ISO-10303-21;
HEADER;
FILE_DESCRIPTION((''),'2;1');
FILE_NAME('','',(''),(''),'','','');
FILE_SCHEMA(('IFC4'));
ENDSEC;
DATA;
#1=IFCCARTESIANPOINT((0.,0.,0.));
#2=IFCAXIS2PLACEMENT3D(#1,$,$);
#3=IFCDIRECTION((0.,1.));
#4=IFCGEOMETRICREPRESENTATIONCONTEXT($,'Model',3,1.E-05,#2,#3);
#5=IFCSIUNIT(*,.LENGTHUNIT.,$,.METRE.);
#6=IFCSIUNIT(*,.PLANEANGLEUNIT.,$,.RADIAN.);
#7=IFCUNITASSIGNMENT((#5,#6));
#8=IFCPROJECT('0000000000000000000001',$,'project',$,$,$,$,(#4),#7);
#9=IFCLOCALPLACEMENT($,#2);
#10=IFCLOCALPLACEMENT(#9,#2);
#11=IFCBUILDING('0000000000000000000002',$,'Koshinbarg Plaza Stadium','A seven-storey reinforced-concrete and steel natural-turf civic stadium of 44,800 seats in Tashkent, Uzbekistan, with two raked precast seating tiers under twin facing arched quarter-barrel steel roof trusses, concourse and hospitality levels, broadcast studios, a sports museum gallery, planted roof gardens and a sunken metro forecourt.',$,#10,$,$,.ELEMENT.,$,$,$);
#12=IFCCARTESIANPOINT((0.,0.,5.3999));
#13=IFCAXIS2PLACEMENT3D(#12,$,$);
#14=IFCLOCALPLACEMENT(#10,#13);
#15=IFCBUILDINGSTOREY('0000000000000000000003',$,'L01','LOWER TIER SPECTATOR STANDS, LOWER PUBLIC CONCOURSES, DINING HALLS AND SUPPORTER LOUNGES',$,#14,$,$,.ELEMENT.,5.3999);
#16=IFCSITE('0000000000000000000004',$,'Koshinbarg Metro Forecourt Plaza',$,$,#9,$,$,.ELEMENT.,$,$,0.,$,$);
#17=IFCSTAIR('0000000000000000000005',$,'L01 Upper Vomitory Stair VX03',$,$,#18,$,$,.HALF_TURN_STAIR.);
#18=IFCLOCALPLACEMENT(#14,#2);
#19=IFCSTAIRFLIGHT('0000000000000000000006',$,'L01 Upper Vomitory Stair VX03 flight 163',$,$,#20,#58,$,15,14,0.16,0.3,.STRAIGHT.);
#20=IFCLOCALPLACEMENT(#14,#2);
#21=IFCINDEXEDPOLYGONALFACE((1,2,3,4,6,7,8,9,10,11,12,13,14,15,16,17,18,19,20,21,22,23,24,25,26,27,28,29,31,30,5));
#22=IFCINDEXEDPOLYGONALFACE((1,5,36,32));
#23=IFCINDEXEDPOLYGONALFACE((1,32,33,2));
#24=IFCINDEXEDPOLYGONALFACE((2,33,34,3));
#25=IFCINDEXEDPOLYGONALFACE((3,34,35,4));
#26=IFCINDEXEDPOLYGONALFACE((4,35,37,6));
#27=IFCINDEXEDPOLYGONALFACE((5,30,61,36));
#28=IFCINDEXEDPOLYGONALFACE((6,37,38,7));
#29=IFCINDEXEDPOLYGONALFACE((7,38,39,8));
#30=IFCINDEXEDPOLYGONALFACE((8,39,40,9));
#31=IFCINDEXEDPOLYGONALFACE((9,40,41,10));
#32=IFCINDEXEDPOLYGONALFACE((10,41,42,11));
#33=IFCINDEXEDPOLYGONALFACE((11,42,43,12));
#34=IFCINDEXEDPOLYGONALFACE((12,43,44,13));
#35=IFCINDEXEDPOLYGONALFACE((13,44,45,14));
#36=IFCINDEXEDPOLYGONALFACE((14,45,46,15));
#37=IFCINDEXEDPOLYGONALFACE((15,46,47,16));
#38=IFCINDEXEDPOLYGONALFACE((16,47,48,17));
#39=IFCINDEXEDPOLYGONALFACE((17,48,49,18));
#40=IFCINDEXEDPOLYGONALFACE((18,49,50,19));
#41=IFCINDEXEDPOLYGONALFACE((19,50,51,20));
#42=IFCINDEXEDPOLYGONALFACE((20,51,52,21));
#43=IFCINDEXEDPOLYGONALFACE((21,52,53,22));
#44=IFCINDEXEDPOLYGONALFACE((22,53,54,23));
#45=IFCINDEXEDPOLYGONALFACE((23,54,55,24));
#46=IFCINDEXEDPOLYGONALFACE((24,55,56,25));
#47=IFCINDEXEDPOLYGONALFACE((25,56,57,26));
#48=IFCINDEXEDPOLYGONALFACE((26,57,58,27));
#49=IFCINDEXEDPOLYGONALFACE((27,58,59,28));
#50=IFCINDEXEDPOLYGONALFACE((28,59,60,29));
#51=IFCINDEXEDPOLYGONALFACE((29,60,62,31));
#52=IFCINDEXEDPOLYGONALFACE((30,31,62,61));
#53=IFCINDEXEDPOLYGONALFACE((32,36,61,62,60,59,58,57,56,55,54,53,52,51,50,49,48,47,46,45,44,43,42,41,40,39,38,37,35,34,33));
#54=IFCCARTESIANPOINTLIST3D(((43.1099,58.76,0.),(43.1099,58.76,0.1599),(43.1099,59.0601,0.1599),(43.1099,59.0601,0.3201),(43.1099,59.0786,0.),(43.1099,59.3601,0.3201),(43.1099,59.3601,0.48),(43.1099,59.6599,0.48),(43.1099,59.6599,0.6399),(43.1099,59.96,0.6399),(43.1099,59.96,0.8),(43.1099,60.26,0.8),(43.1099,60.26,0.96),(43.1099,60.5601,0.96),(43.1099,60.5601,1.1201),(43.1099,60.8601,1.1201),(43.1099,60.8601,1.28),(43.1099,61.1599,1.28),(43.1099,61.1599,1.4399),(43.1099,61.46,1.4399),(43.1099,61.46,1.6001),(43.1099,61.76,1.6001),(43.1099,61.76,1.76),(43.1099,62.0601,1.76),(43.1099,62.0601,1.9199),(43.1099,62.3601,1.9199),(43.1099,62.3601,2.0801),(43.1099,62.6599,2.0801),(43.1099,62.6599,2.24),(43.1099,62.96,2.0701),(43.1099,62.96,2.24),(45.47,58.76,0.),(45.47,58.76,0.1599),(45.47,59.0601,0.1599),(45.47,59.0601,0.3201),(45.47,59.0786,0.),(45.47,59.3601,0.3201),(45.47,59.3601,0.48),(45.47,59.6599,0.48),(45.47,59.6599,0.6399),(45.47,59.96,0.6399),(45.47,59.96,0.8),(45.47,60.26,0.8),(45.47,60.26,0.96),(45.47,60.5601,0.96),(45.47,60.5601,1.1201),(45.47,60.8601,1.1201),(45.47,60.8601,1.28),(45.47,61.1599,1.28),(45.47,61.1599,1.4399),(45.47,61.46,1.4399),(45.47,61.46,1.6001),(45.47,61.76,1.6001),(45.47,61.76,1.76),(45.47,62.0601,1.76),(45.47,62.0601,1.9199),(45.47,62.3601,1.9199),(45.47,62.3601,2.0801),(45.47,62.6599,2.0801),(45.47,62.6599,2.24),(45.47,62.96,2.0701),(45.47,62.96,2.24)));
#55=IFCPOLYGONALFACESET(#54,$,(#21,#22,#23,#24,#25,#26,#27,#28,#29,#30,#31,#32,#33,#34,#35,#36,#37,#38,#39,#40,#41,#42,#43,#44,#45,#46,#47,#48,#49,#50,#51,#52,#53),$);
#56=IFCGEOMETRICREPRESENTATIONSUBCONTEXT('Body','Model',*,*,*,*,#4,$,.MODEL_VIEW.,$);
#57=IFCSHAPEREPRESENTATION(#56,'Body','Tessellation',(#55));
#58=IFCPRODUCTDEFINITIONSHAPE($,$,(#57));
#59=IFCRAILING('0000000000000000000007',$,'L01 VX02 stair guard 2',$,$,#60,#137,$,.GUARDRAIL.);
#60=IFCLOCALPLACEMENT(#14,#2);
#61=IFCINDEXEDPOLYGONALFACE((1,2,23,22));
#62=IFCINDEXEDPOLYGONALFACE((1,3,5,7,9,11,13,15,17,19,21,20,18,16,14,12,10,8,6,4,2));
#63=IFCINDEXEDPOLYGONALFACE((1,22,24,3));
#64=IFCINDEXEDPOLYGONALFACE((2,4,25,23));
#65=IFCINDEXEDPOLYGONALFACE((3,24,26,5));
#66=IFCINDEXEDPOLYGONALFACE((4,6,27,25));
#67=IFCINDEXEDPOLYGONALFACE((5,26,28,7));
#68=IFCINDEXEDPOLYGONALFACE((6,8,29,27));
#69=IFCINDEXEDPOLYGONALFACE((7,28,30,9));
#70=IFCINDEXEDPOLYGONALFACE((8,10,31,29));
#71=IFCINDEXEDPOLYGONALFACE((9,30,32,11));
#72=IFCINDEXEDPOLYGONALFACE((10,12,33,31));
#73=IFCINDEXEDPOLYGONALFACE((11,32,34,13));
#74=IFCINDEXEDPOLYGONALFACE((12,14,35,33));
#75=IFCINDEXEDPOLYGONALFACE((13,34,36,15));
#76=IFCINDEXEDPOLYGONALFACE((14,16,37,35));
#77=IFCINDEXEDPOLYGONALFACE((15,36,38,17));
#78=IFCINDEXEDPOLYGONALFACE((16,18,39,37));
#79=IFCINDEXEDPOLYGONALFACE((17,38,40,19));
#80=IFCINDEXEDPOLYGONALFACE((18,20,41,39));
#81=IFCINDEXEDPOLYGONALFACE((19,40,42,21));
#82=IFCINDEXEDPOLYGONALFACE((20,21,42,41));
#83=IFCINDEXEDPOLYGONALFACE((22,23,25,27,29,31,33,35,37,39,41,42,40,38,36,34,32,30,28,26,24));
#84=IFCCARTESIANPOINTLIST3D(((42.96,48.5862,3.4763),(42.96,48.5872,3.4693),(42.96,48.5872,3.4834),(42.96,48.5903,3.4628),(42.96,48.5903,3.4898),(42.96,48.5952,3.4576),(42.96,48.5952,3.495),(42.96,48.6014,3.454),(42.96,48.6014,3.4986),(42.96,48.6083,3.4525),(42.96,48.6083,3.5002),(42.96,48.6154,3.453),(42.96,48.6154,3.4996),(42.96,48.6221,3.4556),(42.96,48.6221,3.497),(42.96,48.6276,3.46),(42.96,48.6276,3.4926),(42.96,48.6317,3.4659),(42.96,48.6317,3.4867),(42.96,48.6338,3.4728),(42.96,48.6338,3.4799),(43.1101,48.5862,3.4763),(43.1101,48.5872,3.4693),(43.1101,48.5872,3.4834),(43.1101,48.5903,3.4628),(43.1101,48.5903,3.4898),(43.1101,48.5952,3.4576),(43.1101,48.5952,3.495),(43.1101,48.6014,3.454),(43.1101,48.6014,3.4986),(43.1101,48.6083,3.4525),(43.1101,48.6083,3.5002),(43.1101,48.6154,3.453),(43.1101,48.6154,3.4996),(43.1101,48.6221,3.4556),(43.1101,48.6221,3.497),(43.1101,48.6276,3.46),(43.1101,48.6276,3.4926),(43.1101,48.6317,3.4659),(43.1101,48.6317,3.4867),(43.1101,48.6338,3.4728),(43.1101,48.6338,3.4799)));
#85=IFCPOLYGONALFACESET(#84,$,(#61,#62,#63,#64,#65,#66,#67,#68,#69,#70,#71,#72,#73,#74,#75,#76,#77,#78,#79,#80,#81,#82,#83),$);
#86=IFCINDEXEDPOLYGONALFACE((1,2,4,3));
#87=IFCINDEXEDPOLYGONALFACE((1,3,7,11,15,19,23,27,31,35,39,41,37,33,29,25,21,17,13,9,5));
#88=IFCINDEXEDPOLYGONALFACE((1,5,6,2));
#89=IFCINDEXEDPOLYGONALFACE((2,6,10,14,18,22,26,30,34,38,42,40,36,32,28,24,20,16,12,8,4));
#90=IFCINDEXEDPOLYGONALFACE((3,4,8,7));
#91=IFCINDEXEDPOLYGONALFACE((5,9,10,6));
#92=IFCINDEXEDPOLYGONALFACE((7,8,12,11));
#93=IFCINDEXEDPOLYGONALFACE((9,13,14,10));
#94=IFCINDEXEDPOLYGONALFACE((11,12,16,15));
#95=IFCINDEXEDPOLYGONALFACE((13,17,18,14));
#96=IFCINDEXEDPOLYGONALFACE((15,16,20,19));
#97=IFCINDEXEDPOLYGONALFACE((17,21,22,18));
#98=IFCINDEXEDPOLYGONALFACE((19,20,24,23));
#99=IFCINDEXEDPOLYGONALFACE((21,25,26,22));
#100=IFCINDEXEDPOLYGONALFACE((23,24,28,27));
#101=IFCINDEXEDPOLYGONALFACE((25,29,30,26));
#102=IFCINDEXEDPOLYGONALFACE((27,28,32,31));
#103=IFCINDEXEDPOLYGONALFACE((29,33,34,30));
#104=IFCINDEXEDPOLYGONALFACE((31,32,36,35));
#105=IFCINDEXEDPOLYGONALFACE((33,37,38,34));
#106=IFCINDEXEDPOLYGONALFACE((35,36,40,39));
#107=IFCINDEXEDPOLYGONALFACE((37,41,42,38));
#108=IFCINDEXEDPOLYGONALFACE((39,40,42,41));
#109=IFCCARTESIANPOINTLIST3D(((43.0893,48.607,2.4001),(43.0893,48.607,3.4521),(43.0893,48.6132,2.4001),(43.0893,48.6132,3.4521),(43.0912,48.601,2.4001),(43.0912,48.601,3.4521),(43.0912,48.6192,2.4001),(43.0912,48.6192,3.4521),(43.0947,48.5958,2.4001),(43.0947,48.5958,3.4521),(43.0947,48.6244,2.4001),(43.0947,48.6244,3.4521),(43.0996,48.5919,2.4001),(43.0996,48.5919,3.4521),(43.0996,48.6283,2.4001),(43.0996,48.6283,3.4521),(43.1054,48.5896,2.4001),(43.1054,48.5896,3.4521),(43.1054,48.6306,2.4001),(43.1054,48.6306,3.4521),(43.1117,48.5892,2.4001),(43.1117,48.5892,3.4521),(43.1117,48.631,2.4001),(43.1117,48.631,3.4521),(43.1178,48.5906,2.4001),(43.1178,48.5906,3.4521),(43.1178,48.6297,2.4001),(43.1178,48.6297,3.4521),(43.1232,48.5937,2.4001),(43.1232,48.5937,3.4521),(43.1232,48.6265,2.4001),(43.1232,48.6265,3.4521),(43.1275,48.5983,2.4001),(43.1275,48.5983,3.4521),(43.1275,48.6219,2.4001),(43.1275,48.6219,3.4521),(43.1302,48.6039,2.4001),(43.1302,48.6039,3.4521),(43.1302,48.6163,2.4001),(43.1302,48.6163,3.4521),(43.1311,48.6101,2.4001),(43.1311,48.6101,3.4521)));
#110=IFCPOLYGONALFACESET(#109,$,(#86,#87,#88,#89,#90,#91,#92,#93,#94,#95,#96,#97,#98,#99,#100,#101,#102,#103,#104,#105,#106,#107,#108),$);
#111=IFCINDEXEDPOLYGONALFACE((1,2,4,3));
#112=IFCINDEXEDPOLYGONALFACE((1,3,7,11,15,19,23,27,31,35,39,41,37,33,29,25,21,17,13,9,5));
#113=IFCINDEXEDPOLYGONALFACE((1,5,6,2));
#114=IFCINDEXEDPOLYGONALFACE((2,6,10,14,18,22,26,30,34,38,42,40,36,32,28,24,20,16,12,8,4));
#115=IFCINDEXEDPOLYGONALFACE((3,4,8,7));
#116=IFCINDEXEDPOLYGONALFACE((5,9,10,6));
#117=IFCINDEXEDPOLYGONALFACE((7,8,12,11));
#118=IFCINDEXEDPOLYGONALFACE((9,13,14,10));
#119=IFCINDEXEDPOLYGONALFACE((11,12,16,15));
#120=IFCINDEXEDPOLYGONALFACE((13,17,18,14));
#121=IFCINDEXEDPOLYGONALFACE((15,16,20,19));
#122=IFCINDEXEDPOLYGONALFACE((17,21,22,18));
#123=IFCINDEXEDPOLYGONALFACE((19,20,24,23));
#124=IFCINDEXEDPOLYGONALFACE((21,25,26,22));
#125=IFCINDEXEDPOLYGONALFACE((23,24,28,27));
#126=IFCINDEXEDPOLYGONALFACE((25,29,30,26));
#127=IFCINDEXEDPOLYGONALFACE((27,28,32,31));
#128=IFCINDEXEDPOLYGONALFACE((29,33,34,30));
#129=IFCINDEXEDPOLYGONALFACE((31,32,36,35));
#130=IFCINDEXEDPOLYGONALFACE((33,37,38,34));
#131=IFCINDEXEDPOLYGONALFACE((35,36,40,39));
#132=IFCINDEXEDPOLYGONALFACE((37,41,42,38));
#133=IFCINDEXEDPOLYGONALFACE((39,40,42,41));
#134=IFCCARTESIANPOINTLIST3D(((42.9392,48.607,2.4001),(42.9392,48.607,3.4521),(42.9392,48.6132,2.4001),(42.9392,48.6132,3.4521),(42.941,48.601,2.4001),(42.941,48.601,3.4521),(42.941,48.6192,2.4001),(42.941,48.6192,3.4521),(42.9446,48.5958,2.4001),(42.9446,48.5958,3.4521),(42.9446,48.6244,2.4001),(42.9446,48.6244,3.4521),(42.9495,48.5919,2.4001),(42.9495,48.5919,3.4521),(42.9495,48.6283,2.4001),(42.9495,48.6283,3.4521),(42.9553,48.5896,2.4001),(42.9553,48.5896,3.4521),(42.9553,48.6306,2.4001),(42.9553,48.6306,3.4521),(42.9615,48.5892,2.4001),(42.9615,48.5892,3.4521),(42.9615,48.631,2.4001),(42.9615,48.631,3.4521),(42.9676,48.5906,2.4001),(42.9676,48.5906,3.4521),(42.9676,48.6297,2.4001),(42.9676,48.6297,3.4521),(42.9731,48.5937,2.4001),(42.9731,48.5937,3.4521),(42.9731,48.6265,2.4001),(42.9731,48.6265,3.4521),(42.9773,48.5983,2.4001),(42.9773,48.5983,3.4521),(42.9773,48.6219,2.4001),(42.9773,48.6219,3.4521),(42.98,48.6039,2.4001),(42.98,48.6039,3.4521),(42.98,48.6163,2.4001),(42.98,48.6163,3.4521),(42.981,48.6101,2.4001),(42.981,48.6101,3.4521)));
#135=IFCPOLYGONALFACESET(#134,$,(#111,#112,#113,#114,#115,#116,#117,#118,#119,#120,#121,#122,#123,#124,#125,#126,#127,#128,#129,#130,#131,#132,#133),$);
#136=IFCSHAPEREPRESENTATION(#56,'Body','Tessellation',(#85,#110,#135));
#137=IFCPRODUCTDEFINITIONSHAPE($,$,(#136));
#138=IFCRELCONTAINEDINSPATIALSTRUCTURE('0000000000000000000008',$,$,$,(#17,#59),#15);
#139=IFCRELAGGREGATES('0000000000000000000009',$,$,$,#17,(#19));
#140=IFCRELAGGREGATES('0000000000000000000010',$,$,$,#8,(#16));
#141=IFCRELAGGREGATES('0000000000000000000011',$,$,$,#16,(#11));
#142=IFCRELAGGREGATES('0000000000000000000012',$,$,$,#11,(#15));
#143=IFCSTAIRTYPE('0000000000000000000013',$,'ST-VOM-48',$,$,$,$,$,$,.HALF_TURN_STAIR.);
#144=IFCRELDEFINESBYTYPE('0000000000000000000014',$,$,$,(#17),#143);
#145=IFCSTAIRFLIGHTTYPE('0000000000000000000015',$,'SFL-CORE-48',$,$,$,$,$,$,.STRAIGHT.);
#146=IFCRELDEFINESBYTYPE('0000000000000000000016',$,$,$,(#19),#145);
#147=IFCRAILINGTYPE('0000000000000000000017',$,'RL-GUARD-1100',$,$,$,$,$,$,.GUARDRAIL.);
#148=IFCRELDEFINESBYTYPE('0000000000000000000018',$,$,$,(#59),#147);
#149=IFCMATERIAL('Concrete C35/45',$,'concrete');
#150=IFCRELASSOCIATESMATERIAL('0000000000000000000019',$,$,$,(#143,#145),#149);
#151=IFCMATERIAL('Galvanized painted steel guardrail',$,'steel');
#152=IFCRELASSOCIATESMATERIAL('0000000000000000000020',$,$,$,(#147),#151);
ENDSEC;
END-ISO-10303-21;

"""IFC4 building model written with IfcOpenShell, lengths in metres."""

from ifc_helpers import new_model, si_unit, direction, frame, origin, origin_2d, place, context, subcontext, project, spatial, polyline, circle, outline, extrude, material, type_object, element, aggregate, save


model = new_model("IFC4")

# Units and contexts
model_context = context("Model", 3, precision=1e-05, world=origin(), true_north=direction((0.0, 1.0)))
body_context = subcontext(model_context, "Body", "Model", "MODEL_VIEW")
ifc_project = project(units=[si_unit("LENGTHUNIT", "METRE"), si_unit("PLANEANGLEUNIT", "RADIAN")], contexts=[model_context])

# Site, building, storey
site_placement = place(None, origin())
site = spatial("IfcSite", under=ifc_project, at=site_placement, Name="Koshinbarg Metro Forecourt Plaza", CompositionType="ELEMENT", RefElevation=0.0)
building_placement = place(site_placement, origin())
building = spatial("IfcBuilding", under=site, at=building_placement, Name="Koshinbarg Plaza Stadium", Description="A seven-storey reinforced-concrete and steel natural-turf civic stadium of 44,800 seats in Tashkent, Uzbekistan, with two raked precast seating tiers under twin facing arched quarter-barrel steel roof trusses, concourse and hospitality levels, broadcast studios, a sports museum gallery, planted roof gardens and a sunken metro forecourt.", CompositionType="ELEMENT")
storey_placement = place(building_placement, frame((0.0, 0.0, 5.3999)))
storey = spatial("IfcBuildingStorey", under=building, at=storey_placement, Name="L01", Description="LOWER TIER SPECTATOR STANDS, LOWER PUBLIC CONCOURSES, DINING HALLS AND SUPPORTER LOUNGES", CompositionType="ELEMENT", Elevation=5.3999)

# Stair, stair flight
ifc_material_1 = material(Name="Concrete C35/45", Category="concrete")
stair_type = type_object("IfcStairType", Name="ST-VOM-48", PredefinedType="HALF_TURN_STAIR", material=ifc_material_1)
stair_placement = place(storey_placement, origin())
stair = element("IfcStair", 1, at=stair_placement, inside=storey, type_object=stair_type, Name="L01 Upper Vomitory Stair VX03", PredefinedType="HALF_TURN_STAIR")
stair_flight_type = type_object("IfcStairFlightType", Name="SFL-CORE-48", PredefinedType="STRAIGHT", material=ifc_material_1)
stair_flight_placement = place(storey_placement, frame((44.29, 58.76, 0.0), z_axis=(0.0, 0.0, 1.0), x_axis=(0.0, 1.0, 0.0)))
stair_flight = element("IfcStairFlight", 2, at=stair_flight_placement, type_object=stair_flight_type, Name="L01 Upper Vomitory Stair VX03 flight 163", NumberOfRisers=15, NumberOfTreads=14, PredefinedType="STRAIGHT", RiserHeight=0.16, TreadLength=0.3, context=body_context, shape_type="SweptSolid", body=[
    extrude(outline(polyline([(0.0, 0.0), (0.0, 0.1599), (0.3, 0.1599), (0.3, 0.3201), (0.6001, 0.3201), (0.6001, 0.48), (0.8999, 0.48), (0.8999, 0.6399), (1.2, 0.6399), (1.2, 0.8), (1.5, 0.8), (1.5, 0.96), (1.8, 0.96), (1.8, 1.1201), (2.1001, 1.1201), (2.1001, 1.28), (2.3999, 1.28), (2.3999, 1.4399), (2.7, 1.4399), (2.7, 1.6001), (3.0, 1.6001), (3.0, 1.76), (3.3, 1.76), (3.3, 1.9199), (3.6001, 1.9199), (3.6001, 2.0801), (3.8999, 2.0801), (3.8999, 2.24), (4.2, 2.24), (4.2, 2.3999), (4.2, 2.0701), (0.3186, 0.0), (0.0, 0.0)])), frame((0.0, 1.1802, 0.0), z_axis=(0.0, -1.0, 0.0), x_axis=(1.0, 0.0, 0.0)), (0.0, 0.0, 1.0), 2.3601),
])
aggregate(stair, [stair_flight])

# Railing
ifc_material_2 = material(Name="Galvanized painted steel guardrail", Category="steel")
railing_type_1 = type_object("IfcRailingType", Name="RL-GUARD-1100", PredefinedType="GUARDRAIL", material=ifc_material_2)
railing_1_placement = place(storey_placement, frame((43.1101, 48.6101, 2.4001)))
element("IfcRailing", 3, at=railing_1_placement, inside=storey, type_object=railing_type_1, Name="L01 VX02 stair guard 2", PredefinedType="GUARDRAIL", context=body_context, shape_type="SweptSolid", body=[
    extrude(circle(Radius=0.0239, at=origin_2d()), frame((0.0, 0.0, 1.0762), z_axis=(-1.0, 0.0, 0.0), x_axis=(0.0, -1.0, 0.0)), (0.0, 0.0, 1.0), 0.1501),
    extrude(circle(Radius=0.021, at=origin_2d()), origin(), (0.0, 0.0, 1.0), 1.052),
    extrude(circle(Radius=0.021, at=origin_2d()), frame((-0.1501, 0.0, 0.0)), (0.0, 0.0, 1.0), 1.052),
])

save(model, "model.ifc")
